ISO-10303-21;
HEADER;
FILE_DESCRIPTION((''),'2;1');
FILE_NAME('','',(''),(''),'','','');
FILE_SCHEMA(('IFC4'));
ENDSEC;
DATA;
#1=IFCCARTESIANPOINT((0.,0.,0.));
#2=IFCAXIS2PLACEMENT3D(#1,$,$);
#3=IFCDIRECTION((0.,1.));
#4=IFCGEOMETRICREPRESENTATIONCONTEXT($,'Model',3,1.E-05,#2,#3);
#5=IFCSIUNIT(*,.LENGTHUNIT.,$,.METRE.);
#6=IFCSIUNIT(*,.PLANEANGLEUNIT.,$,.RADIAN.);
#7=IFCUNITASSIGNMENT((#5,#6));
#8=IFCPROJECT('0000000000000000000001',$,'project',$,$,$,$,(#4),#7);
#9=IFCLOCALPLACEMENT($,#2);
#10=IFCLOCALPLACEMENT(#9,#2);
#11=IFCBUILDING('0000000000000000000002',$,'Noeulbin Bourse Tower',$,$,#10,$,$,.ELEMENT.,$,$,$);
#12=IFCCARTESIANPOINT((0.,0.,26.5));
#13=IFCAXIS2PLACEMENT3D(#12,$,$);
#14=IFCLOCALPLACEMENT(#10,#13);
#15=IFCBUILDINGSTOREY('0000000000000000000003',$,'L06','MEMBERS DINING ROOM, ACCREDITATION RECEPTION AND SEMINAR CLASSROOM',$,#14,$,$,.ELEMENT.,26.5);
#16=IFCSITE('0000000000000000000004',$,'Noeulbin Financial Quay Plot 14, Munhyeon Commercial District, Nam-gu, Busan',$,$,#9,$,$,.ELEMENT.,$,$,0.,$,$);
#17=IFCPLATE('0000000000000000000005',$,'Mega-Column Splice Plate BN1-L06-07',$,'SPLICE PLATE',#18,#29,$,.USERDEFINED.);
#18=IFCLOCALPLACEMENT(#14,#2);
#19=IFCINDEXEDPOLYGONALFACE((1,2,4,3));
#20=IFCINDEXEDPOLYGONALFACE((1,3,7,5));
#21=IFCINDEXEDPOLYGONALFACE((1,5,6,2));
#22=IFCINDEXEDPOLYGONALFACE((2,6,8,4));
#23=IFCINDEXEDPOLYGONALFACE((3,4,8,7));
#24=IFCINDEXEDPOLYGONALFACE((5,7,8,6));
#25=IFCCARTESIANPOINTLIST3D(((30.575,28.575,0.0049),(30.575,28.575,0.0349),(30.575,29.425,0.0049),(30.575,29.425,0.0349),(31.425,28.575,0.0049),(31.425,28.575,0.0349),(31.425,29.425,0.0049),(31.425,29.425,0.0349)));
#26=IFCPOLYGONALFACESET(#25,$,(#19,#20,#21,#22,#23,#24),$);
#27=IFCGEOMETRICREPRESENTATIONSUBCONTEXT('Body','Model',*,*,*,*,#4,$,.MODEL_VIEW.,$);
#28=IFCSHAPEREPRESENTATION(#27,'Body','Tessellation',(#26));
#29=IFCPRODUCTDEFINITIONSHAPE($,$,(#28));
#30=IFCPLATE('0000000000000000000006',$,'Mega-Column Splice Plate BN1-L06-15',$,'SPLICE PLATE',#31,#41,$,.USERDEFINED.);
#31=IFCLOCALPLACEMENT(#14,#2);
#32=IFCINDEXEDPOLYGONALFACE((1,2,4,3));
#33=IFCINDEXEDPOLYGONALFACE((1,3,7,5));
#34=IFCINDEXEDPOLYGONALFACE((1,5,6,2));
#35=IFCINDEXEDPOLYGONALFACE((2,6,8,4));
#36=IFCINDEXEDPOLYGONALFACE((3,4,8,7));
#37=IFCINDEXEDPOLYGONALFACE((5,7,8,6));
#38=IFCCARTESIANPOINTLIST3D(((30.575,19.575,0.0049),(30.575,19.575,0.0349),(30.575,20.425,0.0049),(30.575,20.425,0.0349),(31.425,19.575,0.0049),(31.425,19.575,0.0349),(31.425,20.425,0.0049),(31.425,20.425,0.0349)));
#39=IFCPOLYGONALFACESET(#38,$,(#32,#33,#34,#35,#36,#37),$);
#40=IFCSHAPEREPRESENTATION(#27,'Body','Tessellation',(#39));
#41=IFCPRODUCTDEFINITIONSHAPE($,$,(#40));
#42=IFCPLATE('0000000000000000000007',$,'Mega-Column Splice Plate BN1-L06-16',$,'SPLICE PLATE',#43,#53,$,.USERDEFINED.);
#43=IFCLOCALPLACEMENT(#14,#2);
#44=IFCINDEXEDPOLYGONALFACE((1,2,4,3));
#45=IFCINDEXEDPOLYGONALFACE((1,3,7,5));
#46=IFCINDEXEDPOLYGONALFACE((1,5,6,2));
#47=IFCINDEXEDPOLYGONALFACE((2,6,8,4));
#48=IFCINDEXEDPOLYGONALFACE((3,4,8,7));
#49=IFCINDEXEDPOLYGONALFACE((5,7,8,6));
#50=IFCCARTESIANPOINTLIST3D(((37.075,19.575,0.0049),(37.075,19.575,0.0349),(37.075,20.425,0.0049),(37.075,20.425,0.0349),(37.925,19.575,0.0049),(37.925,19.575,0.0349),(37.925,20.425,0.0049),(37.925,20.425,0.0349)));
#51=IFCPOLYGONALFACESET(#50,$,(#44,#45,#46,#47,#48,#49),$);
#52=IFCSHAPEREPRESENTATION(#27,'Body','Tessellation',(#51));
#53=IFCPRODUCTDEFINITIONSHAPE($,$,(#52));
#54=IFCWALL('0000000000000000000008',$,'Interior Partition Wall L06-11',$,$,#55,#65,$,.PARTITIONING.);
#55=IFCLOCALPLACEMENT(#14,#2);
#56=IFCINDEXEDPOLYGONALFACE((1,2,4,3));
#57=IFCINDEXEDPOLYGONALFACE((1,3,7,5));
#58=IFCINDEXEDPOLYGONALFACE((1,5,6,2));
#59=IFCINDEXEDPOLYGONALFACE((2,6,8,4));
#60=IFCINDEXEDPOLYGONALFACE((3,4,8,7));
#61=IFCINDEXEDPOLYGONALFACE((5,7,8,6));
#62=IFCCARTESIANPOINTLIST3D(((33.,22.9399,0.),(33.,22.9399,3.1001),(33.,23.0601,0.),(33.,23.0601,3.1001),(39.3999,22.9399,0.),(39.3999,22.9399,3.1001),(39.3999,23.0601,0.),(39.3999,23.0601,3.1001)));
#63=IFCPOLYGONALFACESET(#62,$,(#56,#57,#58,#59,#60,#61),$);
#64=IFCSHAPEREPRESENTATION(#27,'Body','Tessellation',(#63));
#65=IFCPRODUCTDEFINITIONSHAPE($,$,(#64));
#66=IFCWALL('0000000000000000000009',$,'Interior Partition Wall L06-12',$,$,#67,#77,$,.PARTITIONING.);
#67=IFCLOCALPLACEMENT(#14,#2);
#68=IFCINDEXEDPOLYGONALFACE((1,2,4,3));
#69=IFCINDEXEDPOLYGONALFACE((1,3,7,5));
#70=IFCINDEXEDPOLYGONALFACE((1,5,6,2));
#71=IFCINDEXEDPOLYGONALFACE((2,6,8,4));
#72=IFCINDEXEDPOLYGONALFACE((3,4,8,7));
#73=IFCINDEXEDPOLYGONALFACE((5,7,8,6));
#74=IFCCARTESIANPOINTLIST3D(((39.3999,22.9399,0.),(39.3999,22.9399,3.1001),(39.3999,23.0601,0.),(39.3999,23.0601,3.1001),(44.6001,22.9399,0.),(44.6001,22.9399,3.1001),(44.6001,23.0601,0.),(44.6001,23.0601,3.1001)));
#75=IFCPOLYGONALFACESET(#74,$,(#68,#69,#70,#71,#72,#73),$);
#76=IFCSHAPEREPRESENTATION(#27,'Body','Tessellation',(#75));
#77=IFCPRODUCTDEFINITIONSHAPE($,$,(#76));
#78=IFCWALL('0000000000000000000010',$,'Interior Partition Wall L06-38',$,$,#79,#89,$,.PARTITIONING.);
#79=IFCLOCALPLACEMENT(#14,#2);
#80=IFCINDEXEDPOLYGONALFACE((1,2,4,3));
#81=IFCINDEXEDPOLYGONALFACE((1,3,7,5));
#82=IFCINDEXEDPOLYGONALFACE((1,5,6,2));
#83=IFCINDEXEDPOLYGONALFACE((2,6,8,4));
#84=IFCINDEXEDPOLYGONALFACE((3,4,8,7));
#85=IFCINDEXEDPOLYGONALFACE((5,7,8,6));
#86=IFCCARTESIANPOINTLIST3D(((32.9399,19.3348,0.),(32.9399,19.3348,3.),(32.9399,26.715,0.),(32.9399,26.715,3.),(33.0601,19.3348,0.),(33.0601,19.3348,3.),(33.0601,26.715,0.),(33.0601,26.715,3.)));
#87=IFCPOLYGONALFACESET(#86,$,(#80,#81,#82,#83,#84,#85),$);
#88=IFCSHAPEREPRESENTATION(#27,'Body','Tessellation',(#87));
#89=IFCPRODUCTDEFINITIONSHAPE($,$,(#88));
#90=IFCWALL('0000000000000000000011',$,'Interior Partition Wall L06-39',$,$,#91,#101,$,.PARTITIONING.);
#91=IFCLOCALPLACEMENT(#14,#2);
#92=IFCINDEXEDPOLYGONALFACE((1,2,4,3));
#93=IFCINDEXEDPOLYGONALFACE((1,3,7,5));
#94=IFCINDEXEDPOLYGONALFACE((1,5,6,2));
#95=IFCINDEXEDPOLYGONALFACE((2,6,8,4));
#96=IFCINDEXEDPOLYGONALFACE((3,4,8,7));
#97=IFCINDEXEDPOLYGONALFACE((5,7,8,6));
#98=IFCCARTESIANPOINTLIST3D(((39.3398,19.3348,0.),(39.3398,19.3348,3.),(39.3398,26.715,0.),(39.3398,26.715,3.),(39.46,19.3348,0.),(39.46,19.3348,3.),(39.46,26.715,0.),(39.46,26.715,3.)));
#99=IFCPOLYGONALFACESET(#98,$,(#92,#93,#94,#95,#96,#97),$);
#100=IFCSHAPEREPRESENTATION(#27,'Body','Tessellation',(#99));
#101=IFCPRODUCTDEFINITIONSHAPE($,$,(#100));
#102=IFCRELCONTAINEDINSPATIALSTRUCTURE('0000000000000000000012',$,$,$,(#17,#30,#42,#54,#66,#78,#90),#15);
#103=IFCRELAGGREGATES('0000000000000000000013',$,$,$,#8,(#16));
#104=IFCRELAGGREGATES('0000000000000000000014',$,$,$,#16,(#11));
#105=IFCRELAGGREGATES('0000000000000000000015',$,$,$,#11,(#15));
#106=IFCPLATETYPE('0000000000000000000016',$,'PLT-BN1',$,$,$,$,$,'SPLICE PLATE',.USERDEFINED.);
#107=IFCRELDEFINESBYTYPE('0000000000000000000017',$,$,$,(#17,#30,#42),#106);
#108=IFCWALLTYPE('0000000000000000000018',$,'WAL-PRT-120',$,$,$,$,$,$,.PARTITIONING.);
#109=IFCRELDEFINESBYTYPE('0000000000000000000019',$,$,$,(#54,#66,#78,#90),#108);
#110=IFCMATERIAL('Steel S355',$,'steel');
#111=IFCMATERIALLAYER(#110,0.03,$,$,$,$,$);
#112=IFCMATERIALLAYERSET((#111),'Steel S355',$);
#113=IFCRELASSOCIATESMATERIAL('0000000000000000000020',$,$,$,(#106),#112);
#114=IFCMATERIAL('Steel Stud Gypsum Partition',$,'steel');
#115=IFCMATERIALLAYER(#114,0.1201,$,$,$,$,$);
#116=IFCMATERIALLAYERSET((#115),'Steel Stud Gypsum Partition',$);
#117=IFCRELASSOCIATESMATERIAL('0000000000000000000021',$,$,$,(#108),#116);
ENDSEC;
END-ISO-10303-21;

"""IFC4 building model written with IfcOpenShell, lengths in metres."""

from ifc_helpers import new_model, si_unit, direction, frame, frame_2d, origin, origin_2d, place, context, subcontext, project, spatial, rectangle, extrude, material, layer, layer_set, type_object, element, save


model = new_model("IFC4")

# Units and contexts
model_context = context("Model", 3, precision=1e-05, world=origin(), true_north=direction((0.0, 1.0)))
body_context = subcontext(model_context, "Body", "Model", "MODEL_VIEW")
ifc_project = project(units=[si_unit("LENGTHUNIT", "METRE"), si_unit("PLANEANGLEUNIT", "RADIAN")], contexts=[model_context])

# Site, building, storey
site_placement = place(None, origin())
site = spatial("IfcSite", under=ifc_project, at=site_placement, Name="Noeulbin Financial Quay Plot 14, Munhyeon Commercial District, Nam-gu, Busan", CompositionType="ELEMENT", RefElevation=0.0)
building_placement = place(site_placement, origin())
building = spatial("IfcBuilding", under=site, at=building_placement, Name="Noeulbin Bourse Tower", CompositionType="ELEMENT")
storey_placement = place(building_placement, frame((0.0, 0.0, 26.5)))
storey = spatial("IfcBuildingStorey", under=building, at=storey_placement, Name="L06", Description="MEMBERS DINING ROOM, ACCREDITATION RECEPTION AND SEMINAR CLASSROOM", CompositionType="ELEMENT", Elevation=26.5)

# Shared definitions
ifc_material_1 = material(Name="Steel S355", Category="steel")

# Plates
ifc_layer_1 = layer(ifc_material_1, 0.03)
ifc_layer_set_1 = layer_set([ifc_layer_1], Name="Steel S355")
plate_type = type_object("IfcPlateType", Name="PLT-BN1", ElementType="SPLICE PLATE", PredefinedType="USERDEFINED", material=ifc_layer_set_1)
for number, where, z_axis, x_axis, name in (
    (1, (31.0, 29.0, 0.0049), (0.0, 0.0, 1.0), (1.0, 0.0, 0.0), "Mega-Column Splice Plate BN1-L06-07"),
    (2, (31.0, 20.0, 0.0049), (0.0, 0.0, 1.0), (1.0, 0.0, 0.0), "Mega-Column Splice Plate BN1-L06-15"),
    (3, (37.5, 20.0, 0.0049), (0.0, 0.0, 1.0), (1.0, 0.0, 0.0), "Mega-Column Splice Plate BN1-L06-16"),
):
    element("IfcPlate", number, at=place(storey_placement, frame(where, z_axis=z_axis, x_axis=x_axis)), inside=storey, type_object=plate_type, Name=name, ObjectType="SPLICE PLATE", PredefinedType="USERDEFINED", context=body_context, shape_type="SweptSolid", body=[
        extrude(rectangle(XDim=0.8501, YDim=0.8501, at=origin_2d()), origin(), (0.0, 0.0, 1.0), 0.03),
    ])

# Walls
ifc_material_2 = material(Name="Steel Stud Gypsum Partition", Category="steel")
ifc_layer_2 = layer(ifc_material_2, 0.1201)
ifc_layer_set_2 = layer_set([ifc_layer_2], Name="Steel Stud Gypsum Partition")
wall_type = type_object("IfcWallType", Name="WAL-PRT-120", PredefinedType="PARTITIONING", material=ifc_layer_set_2)
wall_1_placement = place(storey_placement, frame((33.0, 23.0, 0.0), z_axis=(0.0, 0.0, 1.0), x_axis=(1.0, 0.0, 0.0)))
element("IfcWall", 4, at=wall_1_placement, inside=storey, type_object=wall_type, Name="Interior Partition Wall L06-11", PredefinedType="PARTITIONING", context=body_context, shape_type="SweptSolid", body=[
    extrude(rectangle(XDim=6.3999, YDim=0.1201, at=frame_2d((3.2, 0.0))), origin(), (0.0, 0.0, 1.0), 3.1001),
])
wall_2_placement = place(storey_placement, frame((39.3999, 23.0, 0.0), z_axis=(0.0, 0.0, 1.0), x_axis=(1.0, 0.0, 0.0)))
element("IfcWall", 5, at=wall_2_placement, inside=storey, type_object=wall_type, Name="Interior Partition Wall L06-12", PredefinedType="PARTITIONING", context=body_context, shape_type="SweptSolid", body=[
    extrude(rectangle(XDim=5.2002, YDim=0.1201, at=frame_2d((2.6001, 0.0))), origin(), (0.0, 0.0, 1.0), 3.1001),
])
for number, where, z_axis, x_axis, name in (
    (6, (33.0, 19.335, 0.0), (0.0, 0.0, 1.0), (0.0, 1.0, 0.0), "Interior Partition Wall L06-38"),
    (7, (39.3999, 19.335, 0.0), (0.0, 0.0, 1.0), (0.0, 1.0, 0.0), "Interior Partition Wall L06-39"),
):
    element("IfcWall", number, at=place(storey_placement, frame(where, z_axis=z_axis, x_axis=x_axis)), inside=storey, type_object=wall_type, Name=name, PredefinedType="PARTITIONING", context=body_context, shape_type="SweptSolid", body=[
        extrude(rectangle(XDim=7.3801, YDim=0.1201, at=frame_2d((3.6899, 0.0))), origin(), (0.0, 0.0, 1.0), 3.0),
    ])

save(model, "model.ifc")
